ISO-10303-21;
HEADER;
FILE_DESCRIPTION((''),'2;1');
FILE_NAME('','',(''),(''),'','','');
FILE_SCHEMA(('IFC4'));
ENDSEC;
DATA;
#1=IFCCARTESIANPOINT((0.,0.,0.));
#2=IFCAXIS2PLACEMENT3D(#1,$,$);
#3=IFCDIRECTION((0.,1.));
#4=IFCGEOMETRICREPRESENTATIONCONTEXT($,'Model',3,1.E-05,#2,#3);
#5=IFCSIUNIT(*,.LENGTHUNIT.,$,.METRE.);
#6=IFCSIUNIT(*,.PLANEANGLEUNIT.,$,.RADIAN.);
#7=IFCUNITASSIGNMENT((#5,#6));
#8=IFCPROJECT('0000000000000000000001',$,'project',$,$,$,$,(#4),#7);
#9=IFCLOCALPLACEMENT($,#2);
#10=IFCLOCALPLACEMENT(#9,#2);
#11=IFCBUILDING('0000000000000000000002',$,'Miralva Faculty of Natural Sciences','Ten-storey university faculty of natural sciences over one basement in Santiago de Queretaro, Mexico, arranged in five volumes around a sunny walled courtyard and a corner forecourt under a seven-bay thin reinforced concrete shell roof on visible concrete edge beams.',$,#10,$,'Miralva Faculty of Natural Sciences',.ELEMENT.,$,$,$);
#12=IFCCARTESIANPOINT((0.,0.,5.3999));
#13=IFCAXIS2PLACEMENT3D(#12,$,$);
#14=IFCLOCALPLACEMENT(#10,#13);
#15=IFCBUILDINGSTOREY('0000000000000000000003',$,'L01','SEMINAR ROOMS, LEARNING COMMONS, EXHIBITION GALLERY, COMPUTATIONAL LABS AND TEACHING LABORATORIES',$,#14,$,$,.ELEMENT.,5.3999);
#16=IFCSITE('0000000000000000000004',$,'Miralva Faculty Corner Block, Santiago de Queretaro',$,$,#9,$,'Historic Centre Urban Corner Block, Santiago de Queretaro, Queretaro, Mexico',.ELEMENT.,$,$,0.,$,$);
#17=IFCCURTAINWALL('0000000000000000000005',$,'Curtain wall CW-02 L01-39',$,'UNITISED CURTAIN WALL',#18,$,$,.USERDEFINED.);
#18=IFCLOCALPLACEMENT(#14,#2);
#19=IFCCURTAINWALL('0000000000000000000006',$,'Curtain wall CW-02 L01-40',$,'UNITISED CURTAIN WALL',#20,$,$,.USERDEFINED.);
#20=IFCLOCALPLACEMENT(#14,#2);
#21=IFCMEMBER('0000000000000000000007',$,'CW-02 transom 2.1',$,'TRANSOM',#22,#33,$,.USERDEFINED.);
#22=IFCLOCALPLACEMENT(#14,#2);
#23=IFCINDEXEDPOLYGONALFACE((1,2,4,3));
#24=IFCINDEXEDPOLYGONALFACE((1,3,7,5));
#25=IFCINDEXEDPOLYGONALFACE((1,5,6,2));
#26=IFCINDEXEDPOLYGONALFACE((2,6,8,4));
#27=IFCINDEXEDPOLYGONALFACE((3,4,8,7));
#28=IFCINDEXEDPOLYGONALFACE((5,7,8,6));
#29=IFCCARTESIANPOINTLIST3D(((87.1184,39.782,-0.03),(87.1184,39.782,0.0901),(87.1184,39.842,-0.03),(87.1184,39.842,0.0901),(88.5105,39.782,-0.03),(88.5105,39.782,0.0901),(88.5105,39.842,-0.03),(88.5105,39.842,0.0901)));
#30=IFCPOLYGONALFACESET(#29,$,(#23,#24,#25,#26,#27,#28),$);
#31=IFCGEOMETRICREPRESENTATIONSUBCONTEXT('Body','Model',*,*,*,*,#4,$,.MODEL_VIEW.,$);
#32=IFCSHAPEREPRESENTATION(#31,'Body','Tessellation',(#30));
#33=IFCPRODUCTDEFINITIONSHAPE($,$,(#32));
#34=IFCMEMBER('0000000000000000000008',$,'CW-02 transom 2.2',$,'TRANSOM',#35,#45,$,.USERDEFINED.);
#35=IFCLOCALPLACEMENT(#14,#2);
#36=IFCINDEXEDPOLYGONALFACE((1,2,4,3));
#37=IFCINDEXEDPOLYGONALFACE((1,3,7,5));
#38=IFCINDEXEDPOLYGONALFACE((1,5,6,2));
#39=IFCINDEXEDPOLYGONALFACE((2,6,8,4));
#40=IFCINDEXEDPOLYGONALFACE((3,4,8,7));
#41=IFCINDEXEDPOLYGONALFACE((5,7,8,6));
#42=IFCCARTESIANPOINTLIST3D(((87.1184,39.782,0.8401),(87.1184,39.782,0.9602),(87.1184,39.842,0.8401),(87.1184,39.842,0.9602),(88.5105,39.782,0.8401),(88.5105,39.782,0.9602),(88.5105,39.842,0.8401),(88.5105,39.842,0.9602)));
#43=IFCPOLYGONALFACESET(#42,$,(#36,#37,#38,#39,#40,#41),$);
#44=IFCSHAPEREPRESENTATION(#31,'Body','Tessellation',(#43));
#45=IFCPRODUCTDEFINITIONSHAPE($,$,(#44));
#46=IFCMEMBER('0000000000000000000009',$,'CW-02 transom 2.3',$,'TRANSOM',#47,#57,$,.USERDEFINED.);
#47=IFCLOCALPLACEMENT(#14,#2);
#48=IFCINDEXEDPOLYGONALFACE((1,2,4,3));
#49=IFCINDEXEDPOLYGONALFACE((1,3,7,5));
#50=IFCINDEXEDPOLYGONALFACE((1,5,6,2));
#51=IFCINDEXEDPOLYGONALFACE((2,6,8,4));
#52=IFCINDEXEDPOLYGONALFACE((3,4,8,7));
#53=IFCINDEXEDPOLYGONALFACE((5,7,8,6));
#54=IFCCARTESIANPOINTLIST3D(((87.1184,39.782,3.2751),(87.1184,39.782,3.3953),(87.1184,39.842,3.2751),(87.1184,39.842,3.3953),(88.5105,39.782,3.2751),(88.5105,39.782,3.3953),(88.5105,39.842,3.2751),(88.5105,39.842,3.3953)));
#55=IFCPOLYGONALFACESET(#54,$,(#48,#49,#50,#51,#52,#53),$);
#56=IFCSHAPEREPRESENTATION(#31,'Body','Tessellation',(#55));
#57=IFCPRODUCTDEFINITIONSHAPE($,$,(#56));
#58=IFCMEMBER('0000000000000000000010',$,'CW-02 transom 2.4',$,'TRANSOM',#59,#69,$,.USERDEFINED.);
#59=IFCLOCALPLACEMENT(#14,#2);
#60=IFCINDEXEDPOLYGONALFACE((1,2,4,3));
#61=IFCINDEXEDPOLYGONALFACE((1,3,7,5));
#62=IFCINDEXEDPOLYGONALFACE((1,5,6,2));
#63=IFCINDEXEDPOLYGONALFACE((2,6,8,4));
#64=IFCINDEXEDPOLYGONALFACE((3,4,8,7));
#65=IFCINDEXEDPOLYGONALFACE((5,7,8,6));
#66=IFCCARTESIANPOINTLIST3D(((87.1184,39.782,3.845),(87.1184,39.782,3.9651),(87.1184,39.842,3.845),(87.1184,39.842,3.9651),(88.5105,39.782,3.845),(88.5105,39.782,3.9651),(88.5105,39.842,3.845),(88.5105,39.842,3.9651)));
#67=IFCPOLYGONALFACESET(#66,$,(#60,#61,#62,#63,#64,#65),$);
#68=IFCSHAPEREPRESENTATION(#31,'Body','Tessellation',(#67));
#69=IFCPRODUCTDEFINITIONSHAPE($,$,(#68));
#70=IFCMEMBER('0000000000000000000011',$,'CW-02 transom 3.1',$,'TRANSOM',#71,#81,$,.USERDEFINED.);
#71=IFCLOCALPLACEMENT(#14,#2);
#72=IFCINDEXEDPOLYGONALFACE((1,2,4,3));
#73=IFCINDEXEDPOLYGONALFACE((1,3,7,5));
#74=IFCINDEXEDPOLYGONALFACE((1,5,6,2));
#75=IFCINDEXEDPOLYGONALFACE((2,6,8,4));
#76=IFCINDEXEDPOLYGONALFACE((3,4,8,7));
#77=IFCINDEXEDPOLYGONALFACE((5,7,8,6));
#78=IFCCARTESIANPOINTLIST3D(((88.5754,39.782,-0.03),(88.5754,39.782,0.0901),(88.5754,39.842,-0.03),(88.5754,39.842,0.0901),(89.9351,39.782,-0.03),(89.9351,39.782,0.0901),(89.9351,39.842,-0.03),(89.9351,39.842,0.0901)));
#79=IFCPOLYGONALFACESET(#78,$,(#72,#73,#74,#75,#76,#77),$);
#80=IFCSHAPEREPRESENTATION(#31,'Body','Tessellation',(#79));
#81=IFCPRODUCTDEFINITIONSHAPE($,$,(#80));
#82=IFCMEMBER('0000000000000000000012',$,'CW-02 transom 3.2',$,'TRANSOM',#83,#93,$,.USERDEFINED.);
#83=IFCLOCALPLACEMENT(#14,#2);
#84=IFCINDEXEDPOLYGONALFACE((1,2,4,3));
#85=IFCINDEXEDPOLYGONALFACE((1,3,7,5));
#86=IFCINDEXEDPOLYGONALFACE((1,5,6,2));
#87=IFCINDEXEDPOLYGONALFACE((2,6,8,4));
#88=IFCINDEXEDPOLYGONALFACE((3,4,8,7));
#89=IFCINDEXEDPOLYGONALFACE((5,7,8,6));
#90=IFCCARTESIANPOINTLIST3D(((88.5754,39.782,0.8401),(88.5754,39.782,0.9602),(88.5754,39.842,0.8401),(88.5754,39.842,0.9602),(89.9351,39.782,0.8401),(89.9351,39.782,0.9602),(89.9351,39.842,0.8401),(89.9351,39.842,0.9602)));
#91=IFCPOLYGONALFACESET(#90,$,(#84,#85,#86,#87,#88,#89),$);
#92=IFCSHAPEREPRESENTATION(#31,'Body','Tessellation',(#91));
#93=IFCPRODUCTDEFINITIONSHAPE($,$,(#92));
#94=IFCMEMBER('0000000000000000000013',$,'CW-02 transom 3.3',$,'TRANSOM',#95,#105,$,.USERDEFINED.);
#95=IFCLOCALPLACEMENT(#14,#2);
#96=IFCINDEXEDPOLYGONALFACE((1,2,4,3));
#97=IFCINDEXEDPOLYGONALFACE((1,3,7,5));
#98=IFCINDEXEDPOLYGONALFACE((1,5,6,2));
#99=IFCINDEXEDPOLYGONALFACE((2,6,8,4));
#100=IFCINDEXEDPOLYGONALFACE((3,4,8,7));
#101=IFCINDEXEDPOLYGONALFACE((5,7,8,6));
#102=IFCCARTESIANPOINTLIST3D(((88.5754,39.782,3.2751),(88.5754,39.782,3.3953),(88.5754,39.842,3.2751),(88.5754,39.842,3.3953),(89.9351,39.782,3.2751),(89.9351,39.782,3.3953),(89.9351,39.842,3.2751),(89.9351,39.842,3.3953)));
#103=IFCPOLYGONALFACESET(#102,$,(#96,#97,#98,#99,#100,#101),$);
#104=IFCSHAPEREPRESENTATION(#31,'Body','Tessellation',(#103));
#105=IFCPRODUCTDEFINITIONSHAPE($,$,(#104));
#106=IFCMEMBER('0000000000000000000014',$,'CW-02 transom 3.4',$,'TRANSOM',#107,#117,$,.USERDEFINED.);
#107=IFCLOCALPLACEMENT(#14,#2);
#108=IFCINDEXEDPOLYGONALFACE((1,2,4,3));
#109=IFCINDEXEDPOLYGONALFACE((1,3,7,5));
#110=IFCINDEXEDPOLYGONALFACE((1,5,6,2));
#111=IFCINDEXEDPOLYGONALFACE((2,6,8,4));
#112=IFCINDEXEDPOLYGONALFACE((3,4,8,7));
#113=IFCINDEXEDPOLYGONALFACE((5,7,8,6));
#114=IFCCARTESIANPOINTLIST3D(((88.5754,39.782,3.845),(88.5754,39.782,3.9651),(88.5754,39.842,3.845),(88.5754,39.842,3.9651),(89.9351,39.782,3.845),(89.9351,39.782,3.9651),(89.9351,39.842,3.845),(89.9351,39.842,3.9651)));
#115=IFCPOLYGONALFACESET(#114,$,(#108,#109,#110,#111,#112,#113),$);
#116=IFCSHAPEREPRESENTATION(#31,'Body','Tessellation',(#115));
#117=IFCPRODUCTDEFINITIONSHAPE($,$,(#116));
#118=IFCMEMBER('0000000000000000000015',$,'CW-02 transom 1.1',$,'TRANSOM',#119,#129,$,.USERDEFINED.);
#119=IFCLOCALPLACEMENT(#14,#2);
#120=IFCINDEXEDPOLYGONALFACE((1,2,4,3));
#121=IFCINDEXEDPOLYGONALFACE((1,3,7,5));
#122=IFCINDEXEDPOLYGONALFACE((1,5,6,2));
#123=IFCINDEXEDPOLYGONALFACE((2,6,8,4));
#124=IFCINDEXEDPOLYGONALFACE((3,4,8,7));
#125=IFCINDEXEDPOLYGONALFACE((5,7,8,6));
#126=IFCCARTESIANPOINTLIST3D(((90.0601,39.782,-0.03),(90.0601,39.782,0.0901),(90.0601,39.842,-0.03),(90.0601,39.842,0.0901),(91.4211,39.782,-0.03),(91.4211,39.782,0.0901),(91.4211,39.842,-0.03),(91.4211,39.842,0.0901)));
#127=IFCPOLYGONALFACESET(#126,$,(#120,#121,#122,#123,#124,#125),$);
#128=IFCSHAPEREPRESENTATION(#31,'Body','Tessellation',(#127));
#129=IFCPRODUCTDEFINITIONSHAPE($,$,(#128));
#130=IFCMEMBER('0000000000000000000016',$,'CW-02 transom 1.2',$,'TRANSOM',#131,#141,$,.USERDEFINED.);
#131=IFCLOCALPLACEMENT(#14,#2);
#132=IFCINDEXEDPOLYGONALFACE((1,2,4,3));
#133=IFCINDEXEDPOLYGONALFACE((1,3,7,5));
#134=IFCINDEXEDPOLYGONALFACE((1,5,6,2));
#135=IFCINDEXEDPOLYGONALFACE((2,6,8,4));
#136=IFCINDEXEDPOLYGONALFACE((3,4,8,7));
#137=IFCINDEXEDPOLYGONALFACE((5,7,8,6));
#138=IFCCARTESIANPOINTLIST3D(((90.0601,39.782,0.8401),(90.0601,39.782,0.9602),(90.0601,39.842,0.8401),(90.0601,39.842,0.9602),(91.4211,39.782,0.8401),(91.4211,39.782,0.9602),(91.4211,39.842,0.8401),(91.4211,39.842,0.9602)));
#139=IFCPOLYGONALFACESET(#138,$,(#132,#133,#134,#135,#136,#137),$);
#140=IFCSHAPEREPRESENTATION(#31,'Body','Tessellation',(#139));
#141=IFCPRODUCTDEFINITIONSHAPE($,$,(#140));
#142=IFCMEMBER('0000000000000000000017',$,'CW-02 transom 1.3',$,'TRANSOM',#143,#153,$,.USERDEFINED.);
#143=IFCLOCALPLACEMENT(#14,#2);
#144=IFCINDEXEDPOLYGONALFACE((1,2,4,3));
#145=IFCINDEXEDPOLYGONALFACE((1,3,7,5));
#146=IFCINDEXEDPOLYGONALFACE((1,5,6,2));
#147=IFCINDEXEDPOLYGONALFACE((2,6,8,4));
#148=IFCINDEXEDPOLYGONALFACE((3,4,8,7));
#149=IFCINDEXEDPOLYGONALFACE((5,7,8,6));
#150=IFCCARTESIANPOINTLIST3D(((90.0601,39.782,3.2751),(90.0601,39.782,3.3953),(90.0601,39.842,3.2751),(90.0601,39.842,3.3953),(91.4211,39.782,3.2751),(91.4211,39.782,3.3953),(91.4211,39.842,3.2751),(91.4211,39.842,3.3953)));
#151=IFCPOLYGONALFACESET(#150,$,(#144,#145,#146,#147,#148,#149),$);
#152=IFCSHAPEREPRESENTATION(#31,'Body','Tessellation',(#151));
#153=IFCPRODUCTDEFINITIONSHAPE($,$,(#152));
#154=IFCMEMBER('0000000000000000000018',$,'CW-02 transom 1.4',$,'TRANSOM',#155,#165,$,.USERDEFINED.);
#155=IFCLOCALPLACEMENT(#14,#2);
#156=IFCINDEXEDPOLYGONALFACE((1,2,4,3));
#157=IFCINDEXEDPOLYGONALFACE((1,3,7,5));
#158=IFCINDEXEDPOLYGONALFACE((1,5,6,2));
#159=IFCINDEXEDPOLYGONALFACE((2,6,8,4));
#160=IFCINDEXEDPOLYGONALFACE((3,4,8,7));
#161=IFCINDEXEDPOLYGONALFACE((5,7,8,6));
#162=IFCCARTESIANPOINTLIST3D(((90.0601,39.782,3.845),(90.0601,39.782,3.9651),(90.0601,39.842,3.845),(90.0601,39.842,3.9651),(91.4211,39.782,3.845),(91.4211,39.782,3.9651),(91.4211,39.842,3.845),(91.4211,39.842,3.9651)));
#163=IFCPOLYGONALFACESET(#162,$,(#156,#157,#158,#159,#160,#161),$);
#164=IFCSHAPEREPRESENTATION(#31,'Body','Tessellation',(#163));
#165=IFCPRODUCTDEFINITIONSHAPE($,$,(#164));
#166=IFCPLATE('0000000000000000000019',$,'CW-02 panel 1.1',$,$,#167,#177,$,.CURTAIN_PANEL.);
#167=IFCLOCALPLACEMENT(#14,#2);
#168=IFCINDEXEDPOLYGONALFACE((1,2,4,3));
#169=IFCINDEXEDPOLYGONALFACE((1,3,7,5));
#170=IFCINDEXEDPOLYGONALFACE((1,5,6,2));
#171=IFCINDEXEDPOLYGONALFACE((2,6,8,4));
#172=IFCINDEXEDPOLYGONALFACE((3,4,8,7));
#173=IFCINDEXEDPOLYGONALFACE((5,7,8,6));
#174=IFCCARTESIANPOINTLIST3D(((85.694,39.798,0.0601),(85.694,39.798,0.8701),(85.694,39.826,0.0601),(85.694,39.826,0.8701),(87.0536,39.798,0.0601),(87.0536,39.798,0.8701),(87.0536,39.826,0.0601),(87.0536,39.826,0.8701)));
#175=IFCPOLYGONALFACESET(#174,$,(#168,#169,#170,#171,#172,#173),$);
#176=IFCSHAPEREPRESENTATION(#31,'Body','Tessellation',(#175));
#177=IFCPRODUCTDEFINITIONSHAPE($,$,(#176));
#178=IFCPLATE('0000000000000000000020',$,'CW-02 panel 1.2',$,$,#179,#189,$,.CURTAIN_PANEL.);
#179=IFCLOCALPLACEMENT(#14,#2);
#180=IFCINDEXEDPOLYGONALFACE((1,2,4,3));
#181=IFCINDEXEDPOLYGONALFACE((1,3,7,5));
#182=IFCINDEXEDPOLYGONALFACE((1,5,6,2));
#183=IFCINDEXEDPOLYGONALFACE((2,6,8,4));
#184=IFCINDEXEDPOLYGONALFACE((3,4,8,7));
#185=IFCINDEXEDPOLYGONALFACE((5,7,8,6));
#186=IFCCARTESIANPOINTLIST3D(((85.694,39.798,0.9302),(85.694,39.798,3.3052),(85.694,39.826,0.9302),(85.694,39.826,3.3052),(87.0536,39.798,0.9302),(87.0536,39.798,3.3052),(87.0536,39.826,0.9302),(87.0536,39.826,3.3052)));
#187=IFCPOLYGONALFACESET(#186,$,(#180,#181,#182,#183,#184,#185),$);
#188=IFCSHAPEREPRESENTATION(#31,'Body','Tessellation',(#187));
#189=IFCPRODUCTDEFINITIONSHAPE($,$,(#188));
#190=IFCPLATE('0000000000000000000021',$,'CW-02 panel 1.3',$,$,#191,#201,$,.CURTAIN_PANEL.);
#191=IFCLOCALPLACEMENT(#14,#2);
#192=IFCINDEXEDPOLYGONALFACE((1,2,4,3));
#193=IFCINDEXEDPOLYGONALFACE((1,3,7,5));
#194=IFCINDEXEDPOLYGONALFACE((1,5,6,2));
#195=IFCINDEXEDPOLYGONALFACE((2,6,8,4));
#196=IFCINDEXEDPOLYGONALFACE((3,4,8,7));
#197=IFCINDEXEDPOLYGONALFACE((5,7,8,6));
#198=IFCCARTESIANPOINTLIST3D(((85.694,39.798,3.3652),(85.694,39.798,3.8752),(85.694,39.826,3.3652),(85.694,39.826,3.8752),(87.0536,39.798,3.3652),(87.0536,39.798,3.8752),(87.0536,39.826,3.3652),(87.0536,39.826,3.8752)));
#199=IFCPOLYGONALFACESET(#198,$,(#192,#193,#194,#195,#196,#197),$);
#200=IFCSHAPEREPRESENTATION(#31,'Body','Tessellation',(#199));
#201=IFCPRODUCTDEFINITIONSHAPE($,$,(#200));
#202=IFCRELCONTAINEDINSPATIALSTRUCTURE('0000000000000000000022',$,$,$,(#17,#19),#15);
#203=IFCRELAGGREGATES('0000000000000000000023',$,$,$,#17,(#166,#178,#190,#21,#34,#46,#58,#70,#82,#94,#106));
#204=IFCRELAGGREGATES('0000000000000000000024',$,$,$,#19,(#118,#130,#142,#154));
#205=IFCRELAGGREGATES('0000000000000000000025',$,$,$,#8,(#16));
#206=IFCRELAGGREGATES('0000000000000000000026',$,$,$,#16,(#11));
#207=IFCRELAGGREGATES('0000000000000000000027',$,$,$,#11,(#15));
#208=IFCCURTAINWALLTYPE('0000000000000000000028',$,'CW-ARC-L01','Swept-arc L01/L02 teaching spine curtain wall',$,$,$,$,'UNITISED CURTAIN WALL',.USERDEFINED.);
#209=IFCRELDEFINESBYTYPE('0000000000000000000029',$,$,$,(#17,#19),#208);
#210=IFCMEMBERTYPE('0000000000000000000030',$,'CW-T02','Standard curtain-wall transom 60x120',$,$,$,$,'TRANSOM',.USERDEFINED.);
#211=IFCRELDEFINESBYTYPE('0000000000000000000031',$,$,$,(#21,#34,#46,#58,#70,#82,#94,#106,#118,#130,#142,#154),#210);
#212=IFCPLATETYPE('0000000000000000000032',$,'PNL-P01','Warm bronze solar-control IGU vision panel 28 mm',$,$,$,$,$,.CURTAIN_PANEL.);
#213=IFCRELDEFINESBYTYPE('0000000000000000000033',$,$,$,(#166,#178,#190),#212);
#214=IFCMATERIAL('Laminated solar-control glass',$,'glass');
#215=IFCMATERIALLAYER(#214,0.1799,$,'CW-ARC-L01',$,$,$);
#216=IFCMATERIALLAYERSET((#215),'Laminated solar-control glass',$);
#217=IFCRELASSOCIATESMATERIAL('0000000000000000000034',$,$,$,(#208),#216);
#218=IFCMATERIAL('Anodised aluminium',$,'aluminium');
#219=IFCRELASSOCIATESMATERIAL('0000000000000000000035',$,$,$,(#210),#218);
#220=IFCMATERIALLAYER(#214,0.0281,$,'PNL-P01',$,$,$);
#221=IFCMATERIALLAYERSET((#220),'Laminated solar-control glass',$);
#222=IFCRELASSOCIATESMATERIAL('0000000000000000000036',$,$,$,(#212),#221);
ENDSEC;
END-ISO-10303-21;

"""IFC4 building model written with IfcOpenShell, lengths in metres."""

from ifc_helpers import new_model, si_unit, direction, frame, origin, origin_2d, place, context, subcontext, project, spatial, rectangle, extrude, material, layer, layer_set, material_profile, profile_set, type_object, element, aggregate, save


model = new_model("IFC4")

# Units and contexts
model_context = context("Model", 3, precision=1e-05, world=origin(), true_north=direction((0.0, 1.0)))
body_context = subcontext(model_context, "Body", "Model", "MODEL_VIEW")
ifc_project = project(units=[si_unit("LENGTHUNIT", "METRE"), si_unit("PLANEANGLEUNIT", "RADIAN")], contexts=[model_context])

# Site, building, storey
site_placement = place(None, origin())
site = spatial("IfcSite", under=ifc_project, at=site_placement, Name="Miralva Faculty Corner Block, Santiago de Queretaro", LongName="Historic Centre Urban Corner Block, Santiago de Queretaro, Queretaro, Mexico", CompositionType="ELEMENT", RefElevation=0.0)
building_placement = place(site_placement, origin())
building = spatial("IfcBuilding", under=site, at=building_placement, Name="Miralva Faculty of Natural Sciences", Description="Ten-storey university faculty of natural sciences over one basement in Santiago de Queretaro, Mexico, arranged in five volumes around a sunny walled courtyard and a corner forecourt under a seven-bay thin reinforced concrete shell roof on visible concrete edge beams.", LongName="Miralva Faculty of Natural Sciences", CompositionType="ELEMENT")
storey_placement = place(building_placement, frame((0.0, 0.0, 5.3999)))
storey = spatial("IfcBuildingStorey", under=building, at=storey_placement, Name="L01", Description="SEMINAR ROOMS, LEARNING COMMONS, EXHIBITION GALLERY, COMPUTATIONAL LABS AND TEACHING LABORATORIES", CompositionType="ELEMENT", Elevation=5.3999)

# Shared definitions
ifc_material_1 = material(Name="Laminated solar-control glass", Category="glass")
ifc_layer_1 = layer(ifc_material_1, 0.1799, Name="CW-ARC-L01")
ifc_layer_set_1 = layer_set([ifc_layer_1], Name="Laminated solar-control glass")
curtain_wall_type = type_object("IfcCurtainWallType", Name="CW-ARC-L01", Description="Swept-arc L01/L02 teaching spine curtain wall", ElementType="UNITISED CURTAIN WALL", PredefinedType="USERDEFINED", material=ifc_layer_set_1)
ifc_material_2 = material(Name="Anodised aluminium", Category="aluminium")

# Curtain wall
curtain_wall_1_placement = place(storey_placement, origin())
curtain_wall_1 = element("IfcCurtainWall", 1, at=curtain_wall_1_placement, inside=storey, type_object=curtain_wall_type, Name="Curtain wall CW-02 L01-39", ObjectType="UNITISED CURTAIN WALL", PredefinedType="USERDEFINED")

# Curtain wall
curtain_wall_2_placement = place(storey_placement, origin())
curtain_wall_2 = element("IfcCurtainWall", 2, at=curtain_wall_2_placement, inside=storey, type_object=curtain_wall_type, Name="Curtain wall CW-02 L01-40", ObjectType="UNITISED CURTAIN WALL", PredefinedType="USERDEFINED")

# Members
ifc_material_profile_1 = material_profile(ifc_material_2, rectangle(XDim=0.0601, YDim=0.1201, at=origin_2d()), Name="TRANSOM 60x120")
ifc_profile_set_1 = profile_set([ifc_material_profile_1], Name="Anodised aluminium")
member_type_1 = type_object("IfcMemberType", Name="CW-T02", Description="Standard curtain-wall transom 60x120", ElementType="TRANSOM", PredefinedType="USERDEFINED", material=ifc_profile_set_1)
member_1_placement = place(storey_placement, frame((87.1184, 39.812, 0.03), z_axis=(1.0, 0.0, 0.0), x_axis=(0.0, 1.0, 0.0)))
member_1 = element("IfcMember", 3, at=member_1_placement, type_object=member_type_1, Name="CW-02 transom 2.1", ObjectType="TRANSOM", PredefinedType="USERDEFINED", context=body_context, shape_type="SweptSolid", body=[
    extrude(rectangle(XDim=0.0601, YDim=0.1201, at=origin_2d()), origin(), (0.0, 0.0, 1.0), 1.3921),
])
member_2_placement = place(storey_placement, frame((87.1184, 39.812, 0.9001), z_axis=(1.0, 0.0, 0.0), x_axis=(0.0, 1.0, 0.0)))
member_2 = element("IfcMember", 4, at=member_2_placement, type_object=member_type_1, Name="CW-02 transom 2.2", ObjectType="TRANSOM", PredefinedType="USERDEFINED", context=body_context, shape_type="SweptSolid", body=[
    extrude(rectangle(XDim=0.0601, YDim=0.1201, at=origin_2d()), origin(), (0.0, 0.0, 1.0), 1.3921),
])
member_3_placement = place(storey_placement, frame((87.1184, 39.812, 3.3352), z_axis=(1.0, 0.0, 0.0), x_axis=(0.0, 1.0, 0.0)))
member_3 = element("IfcMember", 5, at=member_3_placement, type_object=member_type_1, Name="CW-02 transom 2.3", ObjectType="TRANSOM", PredefinedType="USERDEFINED", context=body_context, shape_type="SweptSolid", body=[
    extrude(rectangle(XDim=0.0601, YDim=0.1201, at=origin_2d()), origin(), (0.0, 0.0, 1.0), 1.3921),
])
member_4_placement = place(storey_placement, frame((87.1184, 39.812, 3.905), z_axis=(1.0, 0.0, 0.0), x_axis=(0.0, 1.0, 0.0)))
member_4 = element("IfcMember", 6, at=member_4_placement, type_object=member_type_1, Name="CW-02 transom 2.4", ObjectType="TRANSOM", PredefinedType="USERDEFINED", context=body_context, shape_type="SweptSolid", body=[
    extrude(rectangle(XDim=0.0601, YDim=0.1201, at=origin_2d()), origin(), (0.0, 0.0, 1.0), 1.3921),
])
member_5_placement = place(storey_placement, frame((88.5754, 39.812, 0.03), z_axis=(1.0, 0.0, 0.0), x_axis=(0.0, 1.0, 0.0)))
member_5 = element("IfcMember", 7, at=member_5_placement, type_object=member_type_1, Name="CW-02 transom 3.1", ObjectType="TRANSOM", PredefinedType="USERDEFINED", context=body_context, shape_type="SweptSolid", body=[
    extrude(rectangle(XDim=0.0601, YDim=0.1201, at=origin_2d()), origin(), (0.0, 0.0, 1.0), 1.3596),
])
member_6_placement = place(storey_placement, frame((88.5754, 39.812, 0.9001), z_axis=(1.0, 0.0, 0.0), x_axis=(0.0, 1.0, 0.0)))
member_6 = element("IfcMember", 8, at=member_6_placement, type_object=member_type_1, Name="CW-02 transom 3.2", ObjectType="TRANSOM", PredefinedType="USERDEFINED", context=body_context, shape_type="SweptSolid", body=[
    extrude(rectangle(XDim=0.0601, YDim=0.1201, at=origin_2d()), origin(), (0.0, 0.0, 1.0), 1.3596),
])
member_7_placement = place(storey_placement, frame((88.5754, 39.812, 3.3352), z_axis=(1.0, 0.0, 0.0), x_axis=(0.0, 1.0, 0.0)))
member_7 = element("IfcMember", 9, at=member_7_placement, type_object=member_type_1, Name="CW-02 transom 3.3", ObjectType="TRANSOM", PredefinedType="USERDEFINED", context=body_context, shape_type="SweptSolid", body=[
    extrude(rectangle(XDim=0.0601, YDim=0.1201, at=origin_2d()), origin(), (0.0, 0.0, 1.0), 1.3596),
])
member_8_placement = place(storey_placement, frame((88.5754, 39.812, 3.905), z_axis=(1.0, 0.0, 0.0), x_axis=(0.0, 1.0, 0.0)))
member_8 = element("IfcMember", 10, at=member_8_placement, type_object=member_type_1, Name="CW-02 transom 3.4", ObjectType="TRANSOM", PredefinedType="USERDEFINED", context=body_context, shape_type="SweptSolid", body=[
    extrude(rectangle(XDim=0.0601, YDim=0.1201, at=origin_2d()), origin(), (0.0, 0.0, 1.0), 1.3596),
])
member_9_placement = place(storey_placement, frame((90.0601, 39.812, 0.03), z_axis=(1.0, 0.0, 0.0), x_axis=(0.0, 1.0, 0.0)))
member_9 = element("IfcMember", 11, at=member_9_placement, type_object=member_type_1, Name="CW-02 transom 1.1", ObjectType="TRANSOM", PredefinedType="USERDEFINED", context=body_context, shape_type="SweptSolid", body=[
    extrude(rectangle(XDim=0.0601, YDim=0.1201, at=origin_2d()), origin(), (0.0, 0.0, 1.0), 1.3611),
])
member_10_placement = place(storey_placement, frame((90.0601, 39.812, 0.9001), z_axis=(1.0, 0.0, 0.0), x_axis=(0.0, 1.0, 0.0)))
member_10 = element("IfcMember", 12, at=member_10_placement, type_object=member_type_1, Name="CW-02 transom 1.2", ObjectType="TRANSOM", PredefinedType="USERDEFINED", context=body_context, shape_type="SweptSolid", body=[
    extrude(rectangle(XDim=0.0601, YDim=0.1201, at=origin_2d()), origin(), (0.0, 0.0, 1.0), 1.3611),
])
member_11_placement = place(storey_placement, frame((90.0601, 39.812, 3.3352), z_axis=(1.0, 0.0, 0.0), x_axis=(0.0, 1.0, 0.0)))
member_11 = element("IfcMember", 13, at=member_11_placement, type_object=member_type_1, Name="CW-02 transom 1.3", ObjectType="TRANSOM", PredefinedType="USERDEFINED", context=body_context, shape_type="SweptSolid", body=[
    extrude(rectangle(XDim=0.0601, YDim=0.1201, at=origin_2d()), origin(), (0.0, 0.0, 1.0), 1.3611),
])
member_12_placement = place(storey_placement, frame((90.0601, 39.812, 3.905), z_axis=(1.0, 0.0, 0.0), x_axis=(0.0, 1.0, 0.0)))
member_12 = element("IfcMember", 14, at=member_12_placement, type_object=member_type_1, Name="CW-02 transom 1.4", ObjectType="TRANSOM", PredefinedType="USERDEFINED", context=body_context, shape_type="SweptSolid", body=[
    extrude(rectangle(XDim=0.0601, YDim=0.1201, at=origin_2d()), origin(), (0.0, 0.0, 1.0), 1.3611),
])

# Plates
ifc_layer_2 = layer(ifc_material_1, 0.0281, Name="PNL-P01")
ifc_layer_set_2 = layer_set([ifc_layer_2], Name="Laminated solar-control glass")
plate_type = type_object("IfcPlateType", Name="PNL-P01", Description="Warm bronze solar-control IGU vision panel 28 mm", PredefinedType="CURTAIN_PANEL", material=ifc_layer_set_2)
plate_1_placement = place(storey_placement, frame((86.3738, 39.812, 0.0601), z_axis=(0.0, 0.0, 1.0), x_axis=(1.0, 0.0, 0.0)))
plate_1 = element("IfcPlate", 15, at=plate_1_placement, type_object=plate_type, Name="CW-02 panel 1.1", PredefinedType="CURTAIN_PANEL", context=body_context, shape_type="SweptSolid", body=[
    extrude(rectangle(XDim=1.3596, YDim=0.0281, at=origin_2d()), origin(), (0.0, 0.0, 1.0), 0.8101),
])
plate_2_placement = place(storey_placement, frame((86.3738, 39.812, 0.9302), z_axis=(0.0, 0.0, 1.0), x_axis=(1.0, 0.0, 0.0)))
plate_2 = element("IfcPlate", 16, at=plate_2_placement, type_object=plate_type, Name="CW-02 panel 1.2", PredefinedType="CURTAIN_PANEL", context=body_context, shape_type="SweptSolid", body=[
    extrude(rectangle(XDim=1.3596, YDim=0.0281, at=origin_2d()), origin(), (0.0, 0.0, 1.0), 2.375),
])
plate_3_placement = place(storey_placement, frame((86.3738, 39.812, 3.3652), z_axis=(0.0, 0.0, 1.0), x_axis=(1.0, 0.0, 0.0)))
plate_3 = element("IfcPlate", 17, at=plate_3_placement, type_object=plate_type, Name="CW-02 panel 1.3", PredefinedType="CURTAIN_PANEL", context=body_context, shape_type="SweptSolid", body=[
    extrude(rectangle(XDim=1.3596, YDim=0.0281, at=origin_2d()), origin(), (0.0, 0.0, 1.0), 0.51),
])
aggregate(curtain_wall_1, [plate_1, plate_2, plate_3, member_1, member_2, member_3, member_4, member_5, member_6, member_7, member_8])
aggregate(curtain_wall_2, [member_9, member_10, member_11, member_12])

save(model, "model.ifc")
